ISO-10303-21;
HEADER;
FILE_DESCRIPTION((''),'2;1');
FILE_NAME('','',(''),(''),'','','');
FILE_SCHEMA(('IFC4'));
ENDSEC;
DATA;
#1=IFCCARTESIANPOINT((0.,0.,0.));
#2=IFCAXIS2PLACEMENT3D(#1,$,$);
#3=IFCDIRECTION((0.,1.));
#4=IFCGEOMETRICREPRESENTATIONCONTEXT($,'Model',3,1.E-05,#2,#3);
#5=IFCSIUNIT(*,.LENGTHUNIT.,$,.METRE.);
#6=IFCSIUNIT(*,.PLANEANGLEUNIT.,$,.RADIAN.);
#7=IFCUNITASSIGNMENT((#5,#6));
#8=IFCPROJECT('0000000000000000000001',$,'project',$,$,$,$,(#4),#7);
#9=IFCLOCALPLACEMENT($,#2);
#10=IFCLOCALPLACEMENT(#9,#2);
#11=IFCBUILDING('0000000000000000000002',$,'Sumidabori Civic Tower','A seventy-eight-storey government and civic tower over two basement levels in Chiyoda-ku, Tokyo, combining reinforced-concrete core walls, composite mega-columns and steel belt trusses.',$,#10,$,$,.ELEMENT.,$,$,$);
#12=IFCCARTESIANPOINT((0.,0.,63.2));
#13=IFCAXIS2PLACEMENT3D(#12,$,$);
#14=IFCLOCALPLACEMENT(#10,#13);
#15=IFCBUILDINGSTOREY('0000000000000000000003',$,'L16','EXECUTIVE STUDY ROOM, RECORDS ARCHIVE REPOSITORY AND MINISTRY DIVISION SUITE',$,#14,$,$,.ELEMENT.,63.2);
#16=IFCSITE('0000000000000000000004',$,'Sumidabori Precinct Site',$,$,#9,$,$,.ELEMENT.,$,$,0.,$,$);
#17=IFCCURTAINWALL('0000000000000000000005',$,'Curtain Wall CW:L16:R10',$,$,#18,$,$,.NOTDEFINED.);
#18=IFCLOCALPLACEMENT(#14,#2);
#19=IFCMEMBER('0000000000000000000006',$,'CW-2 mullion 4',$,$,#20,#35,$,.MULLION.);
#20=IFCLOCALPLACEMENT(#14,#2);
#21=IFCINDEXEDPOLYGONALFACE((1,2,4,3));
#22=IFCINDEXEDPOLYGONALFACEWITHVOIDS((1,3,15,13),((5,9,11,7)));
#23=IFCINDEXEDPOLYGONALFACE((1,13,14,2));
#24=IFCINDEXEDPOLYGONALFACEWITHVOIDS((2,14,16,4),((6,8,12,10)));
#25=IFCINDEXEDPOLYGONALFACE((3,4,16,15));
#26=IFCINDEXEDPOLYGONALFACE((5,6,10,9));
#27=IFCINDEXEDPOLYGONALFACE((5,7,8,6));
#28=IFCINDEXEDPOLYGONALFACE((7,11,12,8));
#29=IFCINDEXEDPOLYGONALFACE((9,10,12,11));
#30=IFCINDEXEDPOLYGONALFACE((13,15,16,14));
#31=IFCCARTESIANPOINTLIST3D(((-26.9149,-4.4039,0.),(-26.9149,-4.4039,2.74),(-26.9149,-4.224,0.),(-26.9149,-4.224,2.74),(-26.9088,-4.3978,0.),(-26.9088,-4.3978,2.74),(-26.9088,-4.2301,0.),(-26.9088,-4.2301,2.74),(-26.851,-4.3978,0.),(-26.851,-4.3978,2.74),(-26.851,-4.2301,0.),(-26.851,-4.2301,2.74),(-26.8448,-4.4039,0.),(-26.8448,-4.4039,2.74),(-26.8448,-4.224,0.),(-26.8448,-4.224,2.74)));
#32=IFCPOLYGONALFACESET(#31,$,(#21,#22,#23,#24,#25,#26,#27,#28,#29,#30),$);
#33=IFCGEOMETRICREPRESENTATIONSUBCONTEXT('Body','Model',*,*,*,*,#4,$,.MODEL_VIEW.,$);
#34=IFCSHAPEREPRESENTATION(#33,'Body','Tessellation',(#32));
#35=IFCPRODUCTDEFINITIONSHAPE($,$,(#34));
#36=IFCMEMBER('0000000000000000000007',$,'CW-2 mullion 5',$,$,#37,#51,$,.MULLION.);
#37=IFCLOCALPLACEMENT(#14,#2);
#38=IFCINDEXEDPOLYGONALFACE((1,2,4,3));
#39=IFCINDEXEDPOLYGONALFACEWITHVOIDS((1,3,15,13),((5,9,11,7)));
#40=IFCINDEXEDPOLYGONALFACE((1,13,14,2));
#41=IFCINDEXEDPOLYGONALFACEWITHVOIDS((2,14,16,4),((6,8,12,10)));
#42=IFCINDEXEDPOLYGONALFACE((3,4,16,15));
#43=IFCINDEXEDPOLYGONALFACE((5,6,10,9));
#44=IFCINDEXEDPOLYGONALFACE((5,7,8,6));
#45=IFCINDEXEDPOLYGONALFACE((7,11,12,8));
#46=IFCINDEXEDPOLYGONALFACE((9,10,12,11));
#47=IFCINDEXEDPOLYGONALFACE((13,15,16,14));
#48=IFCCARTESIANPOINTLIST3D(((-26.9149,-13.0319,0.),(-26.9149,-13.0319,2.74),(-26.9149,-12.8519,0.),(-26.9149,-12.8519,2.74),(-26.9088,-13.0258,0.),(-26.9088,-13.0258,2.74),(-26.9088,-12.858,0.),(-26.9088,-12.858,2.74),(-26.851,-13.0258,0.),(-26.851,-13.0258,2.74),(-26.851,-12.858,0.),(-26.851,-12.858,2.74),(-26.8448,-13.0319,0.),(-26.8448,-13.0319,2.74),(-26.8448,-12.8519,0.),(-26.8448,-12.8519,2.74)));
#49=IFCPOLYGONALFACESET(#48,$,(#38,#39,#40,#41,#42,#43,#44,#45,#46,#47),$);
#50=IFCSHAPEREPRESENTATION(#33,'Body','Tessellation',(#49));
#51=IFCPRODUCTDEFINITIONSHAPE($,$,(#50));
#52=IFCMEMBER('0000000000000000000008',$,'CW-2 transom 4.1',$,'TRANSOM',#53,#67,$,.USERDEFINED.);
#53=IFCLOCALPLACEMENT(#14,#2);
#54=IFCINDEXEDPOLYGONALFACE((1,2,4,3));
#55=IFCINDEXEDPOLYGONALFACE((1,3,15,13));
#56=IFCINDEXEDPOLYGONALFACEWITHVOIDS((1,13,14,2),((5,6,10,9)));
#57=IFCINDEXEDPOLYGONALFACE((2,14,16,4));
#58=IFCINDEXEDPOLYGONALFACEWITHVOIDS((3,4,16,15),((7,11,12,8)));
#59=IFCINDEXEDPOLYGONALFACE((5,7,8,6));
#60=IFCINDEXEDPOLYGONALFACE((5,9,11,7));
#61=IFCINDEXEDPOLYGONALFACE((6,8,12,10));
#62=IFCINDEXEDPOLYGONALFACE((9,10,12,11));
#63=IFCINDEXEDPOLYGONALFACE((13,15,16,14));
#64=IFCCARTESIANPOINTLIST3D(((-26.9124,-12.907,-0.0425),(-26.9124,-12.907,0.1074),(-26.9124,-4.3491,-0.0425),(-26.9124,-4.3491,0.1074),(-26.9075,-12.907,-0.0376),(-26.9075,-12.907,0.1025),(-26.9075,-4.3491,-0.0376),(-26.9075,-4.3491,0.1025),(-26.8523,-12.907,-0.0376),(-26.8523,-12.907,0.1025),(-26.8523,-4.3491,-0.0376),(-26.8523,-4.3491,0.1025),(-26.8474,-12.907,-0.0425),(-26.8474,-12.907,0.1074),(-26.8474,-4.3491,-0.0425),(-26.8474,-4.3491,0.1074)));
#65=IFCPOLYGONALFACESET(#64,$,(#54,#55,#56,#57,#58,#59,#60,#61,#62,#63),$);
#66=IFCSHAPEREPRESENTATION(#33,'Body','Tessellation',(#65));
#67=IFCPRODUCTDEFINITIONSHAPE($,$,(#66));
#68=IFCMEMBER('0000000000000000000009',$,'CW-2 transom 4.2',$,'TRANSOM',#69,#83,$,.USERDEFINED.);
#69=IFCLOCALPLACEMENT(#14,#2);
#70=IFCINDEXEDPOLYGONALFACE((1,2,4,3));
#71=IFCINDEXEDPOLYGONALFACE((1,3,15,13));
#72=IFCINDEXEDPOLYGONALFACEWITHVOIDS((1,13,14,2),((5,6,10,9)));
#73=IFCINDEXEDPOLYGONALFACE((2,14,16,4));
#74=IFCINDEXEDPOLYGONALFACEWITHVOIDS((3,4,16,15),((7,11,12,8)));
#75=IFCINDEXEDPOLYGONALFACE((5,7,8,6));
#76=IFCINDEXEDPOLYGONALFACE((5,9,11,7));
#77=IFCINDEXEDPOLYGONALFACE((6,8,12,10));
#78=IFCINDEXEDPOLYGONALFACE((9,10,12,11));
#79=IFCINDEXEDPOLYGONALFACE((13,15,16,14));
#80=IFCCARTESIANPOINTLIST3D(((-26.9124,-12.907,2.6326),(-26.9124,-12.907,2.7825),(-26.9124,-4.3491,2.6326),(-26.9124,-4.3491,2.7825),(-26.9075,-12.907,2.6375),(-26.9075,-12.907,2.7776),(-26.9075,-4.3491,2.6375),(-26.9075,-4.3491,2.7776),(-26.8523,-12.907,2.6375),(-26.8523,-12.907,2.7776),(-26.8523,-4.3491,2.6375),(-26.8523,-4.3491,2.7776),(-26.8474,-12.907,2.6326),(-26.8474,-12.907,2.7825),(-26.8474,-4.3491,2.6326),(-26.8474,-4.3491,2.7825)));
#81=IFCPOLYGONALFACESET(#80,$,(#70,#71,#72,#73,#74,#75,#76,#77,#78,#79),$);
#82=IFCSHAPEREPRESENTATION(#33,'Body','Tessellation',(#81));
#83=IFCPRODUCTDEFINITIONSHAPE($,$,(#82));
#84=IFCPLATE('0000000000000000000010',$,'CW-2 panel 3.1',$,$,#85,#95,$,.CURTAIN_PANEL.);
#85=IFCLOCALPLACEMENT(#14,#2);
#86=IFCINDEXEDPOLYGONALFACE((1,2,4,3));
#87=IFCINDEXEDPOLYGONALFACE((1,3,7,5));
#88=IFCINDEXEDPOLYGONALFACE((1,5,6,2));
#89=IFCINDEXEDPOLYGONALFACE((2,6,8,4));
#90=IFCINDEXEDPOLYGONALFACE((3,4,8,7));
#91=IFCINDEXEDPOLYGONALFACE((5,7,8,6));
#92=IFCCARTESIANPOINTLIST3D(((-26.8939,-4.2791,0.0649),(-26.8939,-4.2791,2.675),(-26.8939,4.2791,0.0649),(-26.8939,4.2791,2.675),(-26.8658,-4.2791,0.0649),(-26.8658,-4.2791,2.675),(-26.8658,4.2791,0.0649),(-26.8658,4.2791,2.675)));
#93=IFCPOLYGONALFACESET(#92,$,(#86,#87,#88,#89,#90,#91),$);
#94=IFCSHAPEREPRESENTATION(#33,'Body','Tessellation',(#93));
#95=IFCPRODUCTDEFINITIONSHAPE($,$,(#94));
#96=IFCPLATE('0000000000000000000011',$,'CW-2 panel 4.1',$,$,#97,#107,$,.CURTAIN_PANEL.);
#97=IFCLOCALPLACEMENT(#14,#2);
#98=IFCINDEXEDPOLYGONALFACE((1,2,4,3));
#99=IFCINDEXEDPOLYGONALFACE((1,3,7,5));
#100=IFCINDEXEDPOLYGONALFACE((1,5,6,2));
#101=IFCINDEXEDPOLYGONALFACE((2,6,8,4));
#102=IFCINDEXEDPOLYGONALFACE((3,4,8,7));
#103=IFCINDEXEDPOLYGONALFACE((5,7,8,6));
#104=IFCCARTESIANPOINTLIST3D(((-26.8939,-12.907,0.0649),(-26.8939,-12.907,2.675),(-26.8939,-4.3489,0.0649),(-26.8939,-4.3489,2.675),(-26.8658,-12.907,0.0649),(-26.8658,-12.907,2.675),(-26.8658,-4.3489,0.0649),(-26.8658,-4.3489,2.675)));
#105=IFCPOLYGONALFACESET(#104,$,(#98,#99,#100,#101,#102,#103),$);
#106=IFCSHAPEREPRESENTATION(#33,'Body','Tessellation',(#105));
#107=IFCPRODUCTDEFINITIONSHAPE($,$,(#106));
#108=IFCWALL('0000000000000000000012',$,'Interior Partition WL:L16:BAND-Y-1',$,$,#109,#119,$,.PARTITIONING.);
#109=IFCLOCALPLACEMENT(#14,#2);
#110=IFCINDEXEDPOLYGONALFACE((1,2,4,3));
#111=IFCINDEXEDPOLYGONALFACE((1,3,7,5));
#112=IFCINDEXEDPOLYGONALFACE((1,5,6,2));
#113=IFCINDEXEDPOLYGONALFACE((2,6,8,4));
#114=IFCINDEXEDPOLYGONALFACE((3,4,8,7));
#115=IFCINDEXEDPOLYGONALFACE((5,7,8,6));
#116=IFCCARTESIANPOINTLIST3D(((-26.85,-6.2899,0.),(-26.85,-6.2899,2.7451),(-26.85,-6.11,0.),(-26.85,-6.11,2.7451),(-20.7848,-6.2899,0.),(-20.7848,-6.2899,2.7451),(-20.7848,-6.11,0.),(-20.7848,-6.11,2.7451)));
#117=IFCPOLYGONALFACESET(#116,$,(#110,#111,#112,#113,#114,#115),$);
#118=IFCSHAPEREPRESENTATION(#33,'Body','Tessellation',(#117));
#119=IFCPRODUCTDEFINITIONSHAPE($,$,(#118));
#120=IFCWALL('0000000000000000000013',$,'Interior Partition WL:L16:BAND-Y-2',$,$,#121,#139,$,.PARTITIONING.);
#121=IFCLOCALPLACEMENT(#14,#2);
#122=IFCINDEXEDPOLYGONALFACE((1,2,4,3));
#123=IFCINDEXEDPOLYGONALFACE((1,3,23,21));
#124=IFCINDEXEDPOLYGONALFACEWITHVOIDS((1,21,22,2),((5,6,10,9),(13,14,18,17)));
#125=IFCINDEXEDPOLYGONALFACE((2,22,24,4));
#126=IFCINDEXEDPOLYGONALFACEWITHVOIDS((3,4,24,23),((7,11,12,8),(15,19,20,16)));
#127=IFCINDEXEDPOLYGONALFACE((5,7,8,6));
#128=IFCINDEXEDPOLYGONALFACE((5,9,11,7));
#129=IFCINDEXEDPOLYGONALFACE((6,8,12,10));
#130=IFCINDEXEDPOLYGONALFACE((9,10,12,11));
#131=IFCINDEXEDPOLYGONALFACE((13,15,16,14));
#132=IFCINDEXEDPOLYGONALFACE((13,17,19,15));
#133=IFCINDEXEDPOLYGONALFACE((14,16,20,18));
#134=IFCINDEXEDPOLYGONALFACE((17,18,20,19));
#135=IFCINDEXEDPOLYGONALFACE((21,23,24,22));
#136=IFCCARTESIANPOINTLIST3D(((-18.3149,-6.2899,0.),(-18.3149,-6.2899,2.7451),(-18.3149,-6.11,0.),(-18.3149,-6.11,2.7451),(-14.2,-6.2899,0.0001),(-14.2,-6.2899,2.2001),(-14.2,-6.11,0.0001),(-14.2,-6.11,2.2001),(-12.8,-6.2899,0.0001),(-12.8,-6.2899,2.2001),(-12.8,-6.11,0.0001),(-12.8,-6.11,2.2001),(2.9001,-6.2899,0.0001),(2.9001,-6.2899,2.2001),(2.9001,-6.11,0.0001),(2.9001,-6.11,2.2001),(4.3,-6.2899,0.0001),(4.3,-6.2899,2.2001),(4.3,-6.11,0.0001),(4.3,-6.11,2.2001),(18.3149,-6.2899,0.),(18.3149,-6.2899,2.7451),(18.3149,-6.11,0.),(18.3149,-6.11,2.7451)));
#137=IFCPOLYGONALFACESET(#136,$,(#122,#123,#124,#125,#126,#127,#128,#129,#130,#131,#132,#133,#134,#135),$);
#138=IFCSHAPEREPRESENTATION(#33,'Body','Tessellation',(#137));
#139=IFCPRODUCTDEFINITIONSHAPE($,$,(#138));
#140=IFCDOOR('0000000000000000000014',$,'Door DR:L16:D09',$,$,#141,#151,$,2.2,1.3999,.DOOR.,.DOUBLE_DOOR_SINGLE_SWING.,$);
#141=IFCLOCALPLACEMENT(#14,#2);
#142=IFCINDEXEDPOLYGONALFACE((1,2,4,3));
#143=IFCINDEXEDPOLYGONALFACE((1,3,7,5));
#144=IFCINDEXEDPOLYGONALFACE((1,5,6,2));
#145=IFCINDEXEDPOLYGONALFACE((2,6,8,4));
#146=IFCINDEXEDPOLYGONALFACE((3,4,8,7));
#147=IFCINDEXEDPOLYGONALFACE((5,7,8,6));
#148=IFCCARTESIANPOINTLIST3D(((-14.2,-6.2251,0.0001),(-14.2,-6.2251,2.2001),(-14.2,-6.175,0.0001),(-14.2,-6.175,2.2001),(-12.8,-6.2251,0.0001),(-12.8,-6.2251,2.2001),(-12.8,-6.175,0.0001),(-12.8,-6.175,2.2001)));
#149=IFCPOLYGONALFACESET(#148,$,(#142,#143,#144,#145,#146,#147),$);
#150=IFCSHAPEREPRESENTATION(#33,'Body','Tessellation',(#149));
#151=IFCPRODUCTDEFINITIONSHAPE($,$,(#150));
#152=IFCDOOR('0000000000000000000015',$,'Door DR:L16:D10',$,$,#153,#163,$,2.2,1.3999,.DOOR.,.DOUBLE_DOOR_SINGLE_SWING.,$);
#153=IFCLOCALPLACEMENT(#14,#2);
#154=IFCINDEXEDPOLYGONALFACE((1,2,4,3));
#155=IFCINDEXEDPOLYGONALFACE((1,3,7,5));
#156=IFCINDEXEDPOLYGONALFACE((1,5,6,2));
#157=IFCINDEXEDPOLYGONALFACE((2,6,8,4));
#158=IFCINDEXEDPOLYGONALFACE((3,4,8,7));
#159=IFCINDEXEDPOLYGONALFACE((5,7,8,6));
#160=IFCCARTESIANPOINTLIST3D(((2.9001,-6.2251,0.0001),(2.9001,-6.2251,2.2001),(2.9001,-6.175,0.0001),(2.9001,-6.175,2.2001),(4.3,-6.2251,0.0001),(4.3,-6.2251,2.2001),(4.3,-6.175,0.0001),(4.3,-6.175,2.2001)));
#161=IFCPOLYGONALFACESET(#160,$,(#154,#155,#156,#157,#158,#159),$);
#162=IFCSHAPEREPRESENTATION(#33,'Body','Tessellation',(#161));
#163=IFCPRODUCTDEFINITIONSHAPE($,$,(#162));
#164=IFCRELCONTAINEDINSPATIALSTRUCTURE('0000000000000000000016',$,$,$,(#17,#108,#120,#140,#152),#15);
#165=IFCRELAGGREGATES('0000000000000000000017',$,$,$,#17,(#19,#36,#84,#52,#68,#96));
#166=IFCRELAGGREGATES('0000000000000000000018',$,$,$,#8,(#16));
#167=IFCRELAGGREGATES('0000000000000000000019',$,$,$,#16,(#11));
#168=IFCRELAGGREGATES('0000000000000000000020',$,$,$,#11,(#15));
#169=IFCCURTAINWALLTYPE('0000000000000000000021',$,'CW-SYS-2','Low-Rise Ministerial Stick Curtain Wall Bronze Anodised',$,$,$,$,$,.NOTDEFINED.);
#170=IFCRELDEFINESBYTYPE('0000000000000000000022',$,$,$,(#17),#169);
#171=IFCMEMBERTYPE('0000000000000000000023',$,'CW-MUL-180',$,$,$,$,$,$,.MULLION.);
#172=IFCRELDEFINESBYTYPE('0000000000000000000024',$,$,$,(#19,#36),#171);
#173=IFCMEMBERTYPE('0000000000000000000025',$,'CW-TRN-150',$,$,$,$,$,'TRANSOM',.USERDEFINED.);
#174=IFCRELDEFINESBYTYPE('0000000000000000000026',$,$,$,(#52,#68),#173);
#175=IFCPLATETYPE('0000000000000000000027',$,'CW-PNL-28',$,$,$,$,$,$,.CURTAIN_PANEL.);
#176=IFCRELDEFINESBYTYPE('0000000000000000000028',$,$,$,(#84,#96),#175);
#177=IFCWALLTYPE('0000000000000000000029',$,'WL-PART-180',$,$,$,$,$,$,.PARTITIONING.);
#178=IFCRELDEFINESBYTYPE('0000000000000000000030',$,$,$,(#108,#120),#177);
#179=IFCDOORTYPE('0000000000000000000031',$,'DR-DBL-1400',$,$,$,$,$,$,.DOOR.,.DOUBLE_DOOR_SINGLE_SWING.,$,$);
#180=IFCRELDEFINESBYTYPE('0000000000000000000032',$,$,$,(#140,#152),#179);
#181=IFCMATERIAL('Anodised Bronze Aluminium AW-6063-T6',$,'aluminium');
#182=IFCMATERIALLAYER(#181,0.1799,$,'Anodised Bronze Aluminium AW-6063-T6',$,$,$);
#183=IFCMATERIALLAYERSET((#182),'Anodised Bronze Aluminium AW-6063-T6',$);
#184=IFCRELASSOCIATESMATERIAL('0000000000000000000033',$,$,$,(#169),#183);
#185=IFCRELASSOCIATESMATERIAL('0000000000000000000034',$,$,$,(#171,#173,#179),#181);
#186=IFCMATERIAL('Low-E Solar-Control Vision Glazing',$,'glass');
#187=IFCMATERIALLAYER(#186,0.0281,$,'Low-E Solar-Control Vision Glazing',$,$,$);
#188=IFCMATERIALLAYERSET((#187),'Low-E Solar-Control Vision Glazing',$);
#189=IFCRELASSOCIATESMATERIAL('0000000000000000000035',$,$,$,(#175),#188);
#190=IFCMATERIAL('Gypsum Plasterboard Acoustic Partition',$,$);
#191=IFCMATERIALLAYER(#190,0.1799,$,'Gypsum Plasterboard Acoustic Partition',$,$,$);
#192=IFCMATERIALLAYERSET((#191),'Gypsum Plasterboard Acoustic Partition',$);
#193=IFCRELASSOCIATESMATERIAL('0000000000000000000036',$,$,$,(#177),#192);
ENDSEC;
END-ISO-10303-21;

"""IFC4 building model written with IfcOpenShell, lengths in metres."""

from ifc_helpers import new_model, si_unit, direction, frame, frame_2d, origin, origin_2d, place, context, subcontext, project, spatial, rectangle, hollow_rectangle, extrude, source, transform, mapped, material, layer, layer_set, material_profile, profile_set, type_object, element, fill, aggregate, save


model = new_model("IFC4")

# Units and contexts
model_context = context("Model", 3, precision=1e-05, world=origin(), true_north=direction((0.0, 1.0)))
body_context = subcontext(model_context, "Body", "Model", "MODEL_VIEW")
ifc_project = project(units=[si_unit("LENGTHUNIT", "METRE"), si_unit("PLANEANGLEUNIT", "RADIAN")], contexts=[model_context])

# Site, building, storey
site_placement = place(None, origin())
site = spatial("IfcSite", under=ifc_project, at=site_placement, Name="Sumidabori Precinct Site", CompositionType="ELEMENT", RefElevation=0.0)
building_placement = place(site_placement, origin())
building = spatial("IfcBuilding", under=site, at=building_placement, Name="Sumidabori Civic Tower", Description="A seventy-eight-storey government and civic tower over two basement levels in Chiyoda-ku, Tokyo, combining reinforced-concrete core walls, composite mega-columns and steel belt trusses.", CompositionType="ELEMENT")
storey_placement = place(building_placement, frame((0.0, 0.0, 63.2)))
storey = spatial("IfcBuildingStorey", under=building, at=storey_placement, Name="L16", Description="EXECUTIVE STUDY ROOM, RECORDS ARCHIVE REPOSITORY AND MINISTRY DIVISION SUITE", CompositionType="ELEMENT", Elevation=63.2)

# Curtain wall, members, plates
ifc_material_1 = material(Name="Anodised Bronze Aluminium AW-6063-T6", Category="aluminium")
ifc_layer_1 = layer(ifc_material_1, 0.1799, Name="Anodised Bronze Aluminium AW-6063-T6")
ifc_layer_set_1 = layer_set([ifc_layer_1], Name="Anodised Bronze Aluminium AW-6063-T6")
curtain_wall_type = type_object("IfcCurtainWallType", Name="CW-SYS-2", Description="Low-Rise Ministerial Stick Curtain Wall Bronze Anodised", PredefinedType="NOTDEFINED", material=ifc_layer_set_1)
curtain_wall_placement = place(storey_placement, origin())
curtain_wall = element("IfcCurtainWall", 1, at=curtain_wall_placement, inside=storey, type_object=curtain_wall_type, Name="Curtain Wall CW:L16:R10", PredefinedType="NOTDEFINED")
ifc_material_profile_1 = material_profile(ifc_material_1, hollow_rectangle(XDim=0.0701, YDim=0.1799, WallThickness=0.0061, at=origin_2d()), Name="ALU MULLION 180x70")
ifc_profile_set_1 = profile_set([ifc_material_profile_1], Name="Anodised Bronze Aluminium AW-6063-T6")
member_type_1 = type_object("IfcMemberType", Name="CW-MUL-180", PredefinedType="MULLION", material=ifc_profile_set_1)
shared_shape_1 = source(origin(), body_context, "Body", "SweptSolid", [
    extrude(hollow_rectangle(XDim=0.0701, YDim=0.1799, WallThickness=0.0061, at=origin_2d()), origin(), (0.0, 0.0, 1.0), 2.74),
])
member_1_placement = place(storey_placement, frame((-26.8799, -4.314, 0.0), z_axis=(0.0, 0.0, 1.0), x_axis=(1.0, 0.0, 0.0)))
member_1 = element("IfcMember", 2, at=member_1_placement, type_object=member_type_1, Name="CW-2 mullion 4", PredefinedType="MULLION", context=body_context, shape_type="MappedRepresentation", body=[
    mapped(shared_shape_1, transform((0.0, 0.0, 0.0), x_axis=(1.0, 0.0, 0.0), y_axis=(0.0, 1.0, 0.0), z_axis=(0.0, 0.0, 1.0), scale=1.0)),
])
member_2_placement = place(storey_placement, frame((-26.8799, -12.9419, 0.0), z_axis=(0.0, 0.0, 1.0), x_axis=(1.0, 0.0, 0.0)))
member_2 = element("IfcMember", 3, at=member_2_placement, type_object=member_type_1, Name="CW-2 mullion 5", PredefinedType="MULLION", context=body_context, shape_type="MappedRepresentation", body=[
    mapped(shared_shape_1, transform((0.0, 0.0, 0.0), x_axis=(1.0, 0.0, 0.0), y_axis=(0.0, 1.0, 0.0), z_axis=(0.0, 0.0, 1.0), scale=1.0)),
])
ifc_material_profile_2 = material_profile(ifc_material_1, hollow_rectangle(XDim=0.0649, YDim=0.1499, WallThickness=0.0049, at=origin_2d()), Name="ALU TRANSOM 150x65")
ifc_profile_set_2 = profile_set([ifc_material_profile_2], Name="Anodised Bronze Aluminium AW-6063-T6")
member_type_2 = type_object("IfcMemberType", Name="CW-TRN-150", ElementType="TRANSOM", PredefinedType="USERDEFINED", material=ifc_profile_set_2)
shared_shape_2 = source(origin(), body_context, "Body", "SweptSolid", [
    extrude(hollow_rectangle(XDim=0.0649, YDim=0.1499, WallThickness=0.0049, at=origin_2d()), origin(), (0.0, 0.0, 1.0), 8.5579),
])
member_3_placement = place(storey_placement, frame((-26.8799, -4.3491, 0.0325), z_axis=(0.0, -1.0, 0.0), x_axis=(1.0, 0.0, 0.0)))
member_3 = element("IfcMember", 4, at=member_3_placement, type_object=member_type_2, Name="CW-2 transom 4.1", ObjectType="TRANSOM", PredefinedType="USERDEFINED", context=body_context, shape_type="MappedRepresentation", body=[
    mapped(shared_shape_2, transform((0.0, 0.0, 0.0), x_axis=(1.0, 0.0, 0.0), y_axis=(0.0, 1.0, 0.0), z_axis=(0.0, 0.0, 1.0), scale=1.0)),
])
member_4_placement = place(storey_placement, frame((-26.8799, -4.3491, 2.7075), z_axis=(0.0, -1.0, 0.0), x_axis=(1.0, 0.0, 0.0)))
member_4 = element("IfcMember", 5, at=member_4_placement, type_object=member_type_2, Name="CW-2 transom 4.2", ObjectType="TRANSOM", PredefinedType="USERDEFINED", context=body_context, shape_type="MappedRepresentation", body=[
    mapped(shared_shape_2, transform((0.0, 0.0, 0.0), x_axis=(1.0, 0.0, 0.0), y_axis=(0.0, 1.0, 0.0), z_axis=(0.0, 0.0, 1.0), scale=1.0)),
])
ifc_material_2 = material(Name="Low-E Solar-Control Vision Glazing", Category="glass")
ifc_layer_2 = layer(ifc_material_2, 0.0281, Name="Low-E Solar-Control Vision Glazing")
ifc_layer_set_2 = layer_set([ifc_layer_2], Name="Low-E Solar-Control Vision Glazing")
plate_type = type_object("IfcPlateType", Name="CW-PNL-28", PredefinedType="CURTAIN_PANEL", material=ifc_layer_set_2)
shared_shape_3 = source(origin(), body_context, "Body", "SweptSolid", [
    extrude(rectangle(XDim=8.5581, YDim=0.0281, at=origin_2d()), origin(), (0.0, 0.0, 1.0), 2.6101),
])
plate_1_placement = place(storey_placement, frame((-26.8799, 0.0, 0.0649), z_axis=(0.0, 0.0, 1.0), x_axis=(0.0, -1.0, 0.0)))
plate_1 = element("IfcPlate", 6, at=plate_1_placement, type_object=plate_type, Name="CW-2 panel 3.1", PredefinedType="CURTAIN_PANEL", context=body_context, shape_type="MappedRepresentation", body=[
    mapped(shared_shape_3, transform((0.0, 0.0, 0.0), x_axis=(1.0, 0.0, 0.0), y_axis=(0.0, 1.0, 0.0), z_axis=(0.0, 0.0, 1.0), scale=1.0)),
])
plate_2_placement = place(storey_placement, frame((-26.8799, -8.6279, 0.0649), z_axis=(0.0, 0.0, 1.0), x_axis=(0.0, -1.0, 0.0)))
plate_2 = element("IfcPlate", 7, at=plate_2_placement, type_object=plate_type, Name="CW-2 panel 4.1", PredefinedType="CURTAIN_PANEL", context=body_context, shape_type="MappedRepresentation", body=[
    mapped(shared_shape_3, transform((0.0, 0.0, 0.0), x_axis=(1.0, 0.0, 0.0), y_axis=(0.0, 1.0, 0.0), z_axis=(0.0, 0.0, 1.0), scale=1.0)),
])
aggregate(curtain_wall, [member_1, member_2, plate_1, member_3, member_4, plate_2])

# Wall
ifc_material_3 = material(Name="Gypsum Plasterboard Acoustic Partition")
ifc_layer_3 = layer(ifc_material_3, 0.1799, Name="Gypsum Plasterboard Acoustic Partition")
ifc_layer_set_3 = layer_set([ifc_layer_3], Name="Gypsum Plasterboard Acoustic Partition")
wall_type = type_object("IfcWallType", Name="WL-PART-180", PredefinedType="PARTITIONING", material=ifc_layer_set_3)
shared_shape_4 = source(origin(), body_context, "Body", "SweptSolid", [
    extrude(rectangle(XDim=6.0652, YDim=0.1799, at=frame_2d((3.0327, 0.0))), origin(), (0.0, 0.0, 1.0), 2.7451),
])
wall_1_placement = place(storey_placement, frame((-26.8501, -6.2, 0.0), z_axis=(0.0, 0.0, 1.0), x_axis=(1.0, 0.0, 0.0)))
element("IfcWall", 8, at=wall_1_placement, inside=storey, type_object=wall_type, Name="Interior Partition WL:L16:BAND-Y-1", PredefinedType="PARTITIONING", context=body_context, shape_type="MappedRepresentation", body=[
    mapped(shared_shape_4, transform((0.0, 0.0, 0.0), x_axis=(1.0, 0.0, 0.0), y_axis=(0.0, 1.0, 0.0), z_axis=(0.0, 0.0, 1.0), scale=1.0)),
])

# Wall, openings, doors
shared_shape_5 = source(origin(), body_context, "Body", "SweptSolid", [
    extrude(rectangle(XDim=36.6299, YDim=0.1799, at=frame_2d((18.3149, 0.0))), origin(), (0.0, 0.0, 1.0), 2.7451),
])
wall_2_placement = place(storey_placement, frame((-18.3149, -6.2, 0.0), z_axis=(0.0, 0.0, 1.0), x_axis=(1.0, 0.0, 0.0)))
wall_2 = element("IfcWall", 9, at=wall_2_placement, inside=storey, type_object=wall_type, Name="Interior Partition WL:L16:BAND-Y-2", PredefinedType="PARTITIONING", context=body_context, shape_type="MappedRepresentation", body=[
    mapped(shared_shape_5, transform((0.0, 0.0, 0.0), x_axis=(1.0, 0.0, 0.0), y_axis=(0.0, 1.0, 0.0), z_axis=(0.0, 0.0, 1.0), scale=1.0)),
])
opening_1_placement = place(wall_2_placement, frame((4.115, 0.0, 0.0)))
opening_1 = element("IfcOpeningElement", 10, at=opening_1_placement, cuts=wall_2, PredefinedType="OPENING", context=body_context, shape_type="SweptSolid", body=[
    extrude(rectangle(XDim=1.3999, YDim=2.2, at=frame_2d((0.7, 1.1001))), frame((0.0, 0.1021, 0.0), z_axis=(0.0, -1.0, 0.0), x_axis=(1.0, 0.0, 0.0)), (0.0, 0.0, 1.0), 0.2039),
])
opening_2_placement = place(wall_2_placement, frame((21.2151, 0.0, 0.0)))
opening_2 = element("IfcOpeningElement", 11, at=opening_2_placement, cuts=wall_2, PredefinedType="OPENING", context=body_context, shape_type="SweptSolid", body=[
    extrude(rectangle(XDim=1.3999, YDim=2.2, at=frame_2d((0.7, 1.1001))), frame((0.0, 0.1021, 0.0), z_axis=(0.0, -1.0, 0.0), x_axis=(1.0, 0.0, 0.0)), (0.0, 0.0, 1.0), 0.2039),
])
door_type = type_object("IfcDoorType", Name="DR-DBL-1400", OperationType="DOUBLE_DOOR_SINGLE_SWING", PredefinedType="DOOR", material=ifc_material_1)
shared_shape_6 = source(origin(), body_context, "Body", "SweptSolid", [
    extrude(rectangle(XDim=1.3999, YDim=2.2, at=frame_2d((0.7, 1.1001))), frame((0.0, 0.0249, 0.0), z_axis=(0.0, -1.0, 0.0), x_axis=(1.0, 0.0, 0.0)), (0.0, 0.0, 1.0), 0.05),
])
door_1_placement = place(opening_1_placement, origin())
door_1 = element("IfcDoor", 12, at=door_1_placement, inside=storey, type_object=door_type, Name="Door DR:L16:D09", OperationType="DOUBLE_DOOR_SINGLE_SWING", OverallHeight=2.2, OverallWidth=1.3999, PredefinedType="DOOR", context=body_context, shape_type="MappedRepresentation", body=[
    mapped(shared_shape_6, transform((0.0, 0.0, 0.0), x_axis=(1.0, 0.0, 0.0), y_axis=(0.0, 1.0, 0.0), z_axis=(0.0, 0.0, 1.0), scale=1.0)),
])
fill(opening_1, door_1)
door_2_placement = place(opening_2_placement, origin())
door_2 = element("IfcDoor", 13, at=door_2_placement, inside=storey, type_object=door_type, Name="Door DR:L16:D10", OperationType="DOUBLE_DOOR_SINGLE_SWING", OverallHeight=2.2, OverallWidth=1.3999, PredefinedType="DOOR", context=body_context, shape_type="MappedRepresentation", body=[
    mapped(shared_shape_6, transform((0.0, 0.0, 0.0), x_axis=(1.0, 0.0, 0.0), y_axis=(0.0, 1.0, 0.0), z_axis=(0.0, 0.0, 1.0), scale=1.0)),
])
fill(opening_2, door_2)

save(model, "model.ifc")
